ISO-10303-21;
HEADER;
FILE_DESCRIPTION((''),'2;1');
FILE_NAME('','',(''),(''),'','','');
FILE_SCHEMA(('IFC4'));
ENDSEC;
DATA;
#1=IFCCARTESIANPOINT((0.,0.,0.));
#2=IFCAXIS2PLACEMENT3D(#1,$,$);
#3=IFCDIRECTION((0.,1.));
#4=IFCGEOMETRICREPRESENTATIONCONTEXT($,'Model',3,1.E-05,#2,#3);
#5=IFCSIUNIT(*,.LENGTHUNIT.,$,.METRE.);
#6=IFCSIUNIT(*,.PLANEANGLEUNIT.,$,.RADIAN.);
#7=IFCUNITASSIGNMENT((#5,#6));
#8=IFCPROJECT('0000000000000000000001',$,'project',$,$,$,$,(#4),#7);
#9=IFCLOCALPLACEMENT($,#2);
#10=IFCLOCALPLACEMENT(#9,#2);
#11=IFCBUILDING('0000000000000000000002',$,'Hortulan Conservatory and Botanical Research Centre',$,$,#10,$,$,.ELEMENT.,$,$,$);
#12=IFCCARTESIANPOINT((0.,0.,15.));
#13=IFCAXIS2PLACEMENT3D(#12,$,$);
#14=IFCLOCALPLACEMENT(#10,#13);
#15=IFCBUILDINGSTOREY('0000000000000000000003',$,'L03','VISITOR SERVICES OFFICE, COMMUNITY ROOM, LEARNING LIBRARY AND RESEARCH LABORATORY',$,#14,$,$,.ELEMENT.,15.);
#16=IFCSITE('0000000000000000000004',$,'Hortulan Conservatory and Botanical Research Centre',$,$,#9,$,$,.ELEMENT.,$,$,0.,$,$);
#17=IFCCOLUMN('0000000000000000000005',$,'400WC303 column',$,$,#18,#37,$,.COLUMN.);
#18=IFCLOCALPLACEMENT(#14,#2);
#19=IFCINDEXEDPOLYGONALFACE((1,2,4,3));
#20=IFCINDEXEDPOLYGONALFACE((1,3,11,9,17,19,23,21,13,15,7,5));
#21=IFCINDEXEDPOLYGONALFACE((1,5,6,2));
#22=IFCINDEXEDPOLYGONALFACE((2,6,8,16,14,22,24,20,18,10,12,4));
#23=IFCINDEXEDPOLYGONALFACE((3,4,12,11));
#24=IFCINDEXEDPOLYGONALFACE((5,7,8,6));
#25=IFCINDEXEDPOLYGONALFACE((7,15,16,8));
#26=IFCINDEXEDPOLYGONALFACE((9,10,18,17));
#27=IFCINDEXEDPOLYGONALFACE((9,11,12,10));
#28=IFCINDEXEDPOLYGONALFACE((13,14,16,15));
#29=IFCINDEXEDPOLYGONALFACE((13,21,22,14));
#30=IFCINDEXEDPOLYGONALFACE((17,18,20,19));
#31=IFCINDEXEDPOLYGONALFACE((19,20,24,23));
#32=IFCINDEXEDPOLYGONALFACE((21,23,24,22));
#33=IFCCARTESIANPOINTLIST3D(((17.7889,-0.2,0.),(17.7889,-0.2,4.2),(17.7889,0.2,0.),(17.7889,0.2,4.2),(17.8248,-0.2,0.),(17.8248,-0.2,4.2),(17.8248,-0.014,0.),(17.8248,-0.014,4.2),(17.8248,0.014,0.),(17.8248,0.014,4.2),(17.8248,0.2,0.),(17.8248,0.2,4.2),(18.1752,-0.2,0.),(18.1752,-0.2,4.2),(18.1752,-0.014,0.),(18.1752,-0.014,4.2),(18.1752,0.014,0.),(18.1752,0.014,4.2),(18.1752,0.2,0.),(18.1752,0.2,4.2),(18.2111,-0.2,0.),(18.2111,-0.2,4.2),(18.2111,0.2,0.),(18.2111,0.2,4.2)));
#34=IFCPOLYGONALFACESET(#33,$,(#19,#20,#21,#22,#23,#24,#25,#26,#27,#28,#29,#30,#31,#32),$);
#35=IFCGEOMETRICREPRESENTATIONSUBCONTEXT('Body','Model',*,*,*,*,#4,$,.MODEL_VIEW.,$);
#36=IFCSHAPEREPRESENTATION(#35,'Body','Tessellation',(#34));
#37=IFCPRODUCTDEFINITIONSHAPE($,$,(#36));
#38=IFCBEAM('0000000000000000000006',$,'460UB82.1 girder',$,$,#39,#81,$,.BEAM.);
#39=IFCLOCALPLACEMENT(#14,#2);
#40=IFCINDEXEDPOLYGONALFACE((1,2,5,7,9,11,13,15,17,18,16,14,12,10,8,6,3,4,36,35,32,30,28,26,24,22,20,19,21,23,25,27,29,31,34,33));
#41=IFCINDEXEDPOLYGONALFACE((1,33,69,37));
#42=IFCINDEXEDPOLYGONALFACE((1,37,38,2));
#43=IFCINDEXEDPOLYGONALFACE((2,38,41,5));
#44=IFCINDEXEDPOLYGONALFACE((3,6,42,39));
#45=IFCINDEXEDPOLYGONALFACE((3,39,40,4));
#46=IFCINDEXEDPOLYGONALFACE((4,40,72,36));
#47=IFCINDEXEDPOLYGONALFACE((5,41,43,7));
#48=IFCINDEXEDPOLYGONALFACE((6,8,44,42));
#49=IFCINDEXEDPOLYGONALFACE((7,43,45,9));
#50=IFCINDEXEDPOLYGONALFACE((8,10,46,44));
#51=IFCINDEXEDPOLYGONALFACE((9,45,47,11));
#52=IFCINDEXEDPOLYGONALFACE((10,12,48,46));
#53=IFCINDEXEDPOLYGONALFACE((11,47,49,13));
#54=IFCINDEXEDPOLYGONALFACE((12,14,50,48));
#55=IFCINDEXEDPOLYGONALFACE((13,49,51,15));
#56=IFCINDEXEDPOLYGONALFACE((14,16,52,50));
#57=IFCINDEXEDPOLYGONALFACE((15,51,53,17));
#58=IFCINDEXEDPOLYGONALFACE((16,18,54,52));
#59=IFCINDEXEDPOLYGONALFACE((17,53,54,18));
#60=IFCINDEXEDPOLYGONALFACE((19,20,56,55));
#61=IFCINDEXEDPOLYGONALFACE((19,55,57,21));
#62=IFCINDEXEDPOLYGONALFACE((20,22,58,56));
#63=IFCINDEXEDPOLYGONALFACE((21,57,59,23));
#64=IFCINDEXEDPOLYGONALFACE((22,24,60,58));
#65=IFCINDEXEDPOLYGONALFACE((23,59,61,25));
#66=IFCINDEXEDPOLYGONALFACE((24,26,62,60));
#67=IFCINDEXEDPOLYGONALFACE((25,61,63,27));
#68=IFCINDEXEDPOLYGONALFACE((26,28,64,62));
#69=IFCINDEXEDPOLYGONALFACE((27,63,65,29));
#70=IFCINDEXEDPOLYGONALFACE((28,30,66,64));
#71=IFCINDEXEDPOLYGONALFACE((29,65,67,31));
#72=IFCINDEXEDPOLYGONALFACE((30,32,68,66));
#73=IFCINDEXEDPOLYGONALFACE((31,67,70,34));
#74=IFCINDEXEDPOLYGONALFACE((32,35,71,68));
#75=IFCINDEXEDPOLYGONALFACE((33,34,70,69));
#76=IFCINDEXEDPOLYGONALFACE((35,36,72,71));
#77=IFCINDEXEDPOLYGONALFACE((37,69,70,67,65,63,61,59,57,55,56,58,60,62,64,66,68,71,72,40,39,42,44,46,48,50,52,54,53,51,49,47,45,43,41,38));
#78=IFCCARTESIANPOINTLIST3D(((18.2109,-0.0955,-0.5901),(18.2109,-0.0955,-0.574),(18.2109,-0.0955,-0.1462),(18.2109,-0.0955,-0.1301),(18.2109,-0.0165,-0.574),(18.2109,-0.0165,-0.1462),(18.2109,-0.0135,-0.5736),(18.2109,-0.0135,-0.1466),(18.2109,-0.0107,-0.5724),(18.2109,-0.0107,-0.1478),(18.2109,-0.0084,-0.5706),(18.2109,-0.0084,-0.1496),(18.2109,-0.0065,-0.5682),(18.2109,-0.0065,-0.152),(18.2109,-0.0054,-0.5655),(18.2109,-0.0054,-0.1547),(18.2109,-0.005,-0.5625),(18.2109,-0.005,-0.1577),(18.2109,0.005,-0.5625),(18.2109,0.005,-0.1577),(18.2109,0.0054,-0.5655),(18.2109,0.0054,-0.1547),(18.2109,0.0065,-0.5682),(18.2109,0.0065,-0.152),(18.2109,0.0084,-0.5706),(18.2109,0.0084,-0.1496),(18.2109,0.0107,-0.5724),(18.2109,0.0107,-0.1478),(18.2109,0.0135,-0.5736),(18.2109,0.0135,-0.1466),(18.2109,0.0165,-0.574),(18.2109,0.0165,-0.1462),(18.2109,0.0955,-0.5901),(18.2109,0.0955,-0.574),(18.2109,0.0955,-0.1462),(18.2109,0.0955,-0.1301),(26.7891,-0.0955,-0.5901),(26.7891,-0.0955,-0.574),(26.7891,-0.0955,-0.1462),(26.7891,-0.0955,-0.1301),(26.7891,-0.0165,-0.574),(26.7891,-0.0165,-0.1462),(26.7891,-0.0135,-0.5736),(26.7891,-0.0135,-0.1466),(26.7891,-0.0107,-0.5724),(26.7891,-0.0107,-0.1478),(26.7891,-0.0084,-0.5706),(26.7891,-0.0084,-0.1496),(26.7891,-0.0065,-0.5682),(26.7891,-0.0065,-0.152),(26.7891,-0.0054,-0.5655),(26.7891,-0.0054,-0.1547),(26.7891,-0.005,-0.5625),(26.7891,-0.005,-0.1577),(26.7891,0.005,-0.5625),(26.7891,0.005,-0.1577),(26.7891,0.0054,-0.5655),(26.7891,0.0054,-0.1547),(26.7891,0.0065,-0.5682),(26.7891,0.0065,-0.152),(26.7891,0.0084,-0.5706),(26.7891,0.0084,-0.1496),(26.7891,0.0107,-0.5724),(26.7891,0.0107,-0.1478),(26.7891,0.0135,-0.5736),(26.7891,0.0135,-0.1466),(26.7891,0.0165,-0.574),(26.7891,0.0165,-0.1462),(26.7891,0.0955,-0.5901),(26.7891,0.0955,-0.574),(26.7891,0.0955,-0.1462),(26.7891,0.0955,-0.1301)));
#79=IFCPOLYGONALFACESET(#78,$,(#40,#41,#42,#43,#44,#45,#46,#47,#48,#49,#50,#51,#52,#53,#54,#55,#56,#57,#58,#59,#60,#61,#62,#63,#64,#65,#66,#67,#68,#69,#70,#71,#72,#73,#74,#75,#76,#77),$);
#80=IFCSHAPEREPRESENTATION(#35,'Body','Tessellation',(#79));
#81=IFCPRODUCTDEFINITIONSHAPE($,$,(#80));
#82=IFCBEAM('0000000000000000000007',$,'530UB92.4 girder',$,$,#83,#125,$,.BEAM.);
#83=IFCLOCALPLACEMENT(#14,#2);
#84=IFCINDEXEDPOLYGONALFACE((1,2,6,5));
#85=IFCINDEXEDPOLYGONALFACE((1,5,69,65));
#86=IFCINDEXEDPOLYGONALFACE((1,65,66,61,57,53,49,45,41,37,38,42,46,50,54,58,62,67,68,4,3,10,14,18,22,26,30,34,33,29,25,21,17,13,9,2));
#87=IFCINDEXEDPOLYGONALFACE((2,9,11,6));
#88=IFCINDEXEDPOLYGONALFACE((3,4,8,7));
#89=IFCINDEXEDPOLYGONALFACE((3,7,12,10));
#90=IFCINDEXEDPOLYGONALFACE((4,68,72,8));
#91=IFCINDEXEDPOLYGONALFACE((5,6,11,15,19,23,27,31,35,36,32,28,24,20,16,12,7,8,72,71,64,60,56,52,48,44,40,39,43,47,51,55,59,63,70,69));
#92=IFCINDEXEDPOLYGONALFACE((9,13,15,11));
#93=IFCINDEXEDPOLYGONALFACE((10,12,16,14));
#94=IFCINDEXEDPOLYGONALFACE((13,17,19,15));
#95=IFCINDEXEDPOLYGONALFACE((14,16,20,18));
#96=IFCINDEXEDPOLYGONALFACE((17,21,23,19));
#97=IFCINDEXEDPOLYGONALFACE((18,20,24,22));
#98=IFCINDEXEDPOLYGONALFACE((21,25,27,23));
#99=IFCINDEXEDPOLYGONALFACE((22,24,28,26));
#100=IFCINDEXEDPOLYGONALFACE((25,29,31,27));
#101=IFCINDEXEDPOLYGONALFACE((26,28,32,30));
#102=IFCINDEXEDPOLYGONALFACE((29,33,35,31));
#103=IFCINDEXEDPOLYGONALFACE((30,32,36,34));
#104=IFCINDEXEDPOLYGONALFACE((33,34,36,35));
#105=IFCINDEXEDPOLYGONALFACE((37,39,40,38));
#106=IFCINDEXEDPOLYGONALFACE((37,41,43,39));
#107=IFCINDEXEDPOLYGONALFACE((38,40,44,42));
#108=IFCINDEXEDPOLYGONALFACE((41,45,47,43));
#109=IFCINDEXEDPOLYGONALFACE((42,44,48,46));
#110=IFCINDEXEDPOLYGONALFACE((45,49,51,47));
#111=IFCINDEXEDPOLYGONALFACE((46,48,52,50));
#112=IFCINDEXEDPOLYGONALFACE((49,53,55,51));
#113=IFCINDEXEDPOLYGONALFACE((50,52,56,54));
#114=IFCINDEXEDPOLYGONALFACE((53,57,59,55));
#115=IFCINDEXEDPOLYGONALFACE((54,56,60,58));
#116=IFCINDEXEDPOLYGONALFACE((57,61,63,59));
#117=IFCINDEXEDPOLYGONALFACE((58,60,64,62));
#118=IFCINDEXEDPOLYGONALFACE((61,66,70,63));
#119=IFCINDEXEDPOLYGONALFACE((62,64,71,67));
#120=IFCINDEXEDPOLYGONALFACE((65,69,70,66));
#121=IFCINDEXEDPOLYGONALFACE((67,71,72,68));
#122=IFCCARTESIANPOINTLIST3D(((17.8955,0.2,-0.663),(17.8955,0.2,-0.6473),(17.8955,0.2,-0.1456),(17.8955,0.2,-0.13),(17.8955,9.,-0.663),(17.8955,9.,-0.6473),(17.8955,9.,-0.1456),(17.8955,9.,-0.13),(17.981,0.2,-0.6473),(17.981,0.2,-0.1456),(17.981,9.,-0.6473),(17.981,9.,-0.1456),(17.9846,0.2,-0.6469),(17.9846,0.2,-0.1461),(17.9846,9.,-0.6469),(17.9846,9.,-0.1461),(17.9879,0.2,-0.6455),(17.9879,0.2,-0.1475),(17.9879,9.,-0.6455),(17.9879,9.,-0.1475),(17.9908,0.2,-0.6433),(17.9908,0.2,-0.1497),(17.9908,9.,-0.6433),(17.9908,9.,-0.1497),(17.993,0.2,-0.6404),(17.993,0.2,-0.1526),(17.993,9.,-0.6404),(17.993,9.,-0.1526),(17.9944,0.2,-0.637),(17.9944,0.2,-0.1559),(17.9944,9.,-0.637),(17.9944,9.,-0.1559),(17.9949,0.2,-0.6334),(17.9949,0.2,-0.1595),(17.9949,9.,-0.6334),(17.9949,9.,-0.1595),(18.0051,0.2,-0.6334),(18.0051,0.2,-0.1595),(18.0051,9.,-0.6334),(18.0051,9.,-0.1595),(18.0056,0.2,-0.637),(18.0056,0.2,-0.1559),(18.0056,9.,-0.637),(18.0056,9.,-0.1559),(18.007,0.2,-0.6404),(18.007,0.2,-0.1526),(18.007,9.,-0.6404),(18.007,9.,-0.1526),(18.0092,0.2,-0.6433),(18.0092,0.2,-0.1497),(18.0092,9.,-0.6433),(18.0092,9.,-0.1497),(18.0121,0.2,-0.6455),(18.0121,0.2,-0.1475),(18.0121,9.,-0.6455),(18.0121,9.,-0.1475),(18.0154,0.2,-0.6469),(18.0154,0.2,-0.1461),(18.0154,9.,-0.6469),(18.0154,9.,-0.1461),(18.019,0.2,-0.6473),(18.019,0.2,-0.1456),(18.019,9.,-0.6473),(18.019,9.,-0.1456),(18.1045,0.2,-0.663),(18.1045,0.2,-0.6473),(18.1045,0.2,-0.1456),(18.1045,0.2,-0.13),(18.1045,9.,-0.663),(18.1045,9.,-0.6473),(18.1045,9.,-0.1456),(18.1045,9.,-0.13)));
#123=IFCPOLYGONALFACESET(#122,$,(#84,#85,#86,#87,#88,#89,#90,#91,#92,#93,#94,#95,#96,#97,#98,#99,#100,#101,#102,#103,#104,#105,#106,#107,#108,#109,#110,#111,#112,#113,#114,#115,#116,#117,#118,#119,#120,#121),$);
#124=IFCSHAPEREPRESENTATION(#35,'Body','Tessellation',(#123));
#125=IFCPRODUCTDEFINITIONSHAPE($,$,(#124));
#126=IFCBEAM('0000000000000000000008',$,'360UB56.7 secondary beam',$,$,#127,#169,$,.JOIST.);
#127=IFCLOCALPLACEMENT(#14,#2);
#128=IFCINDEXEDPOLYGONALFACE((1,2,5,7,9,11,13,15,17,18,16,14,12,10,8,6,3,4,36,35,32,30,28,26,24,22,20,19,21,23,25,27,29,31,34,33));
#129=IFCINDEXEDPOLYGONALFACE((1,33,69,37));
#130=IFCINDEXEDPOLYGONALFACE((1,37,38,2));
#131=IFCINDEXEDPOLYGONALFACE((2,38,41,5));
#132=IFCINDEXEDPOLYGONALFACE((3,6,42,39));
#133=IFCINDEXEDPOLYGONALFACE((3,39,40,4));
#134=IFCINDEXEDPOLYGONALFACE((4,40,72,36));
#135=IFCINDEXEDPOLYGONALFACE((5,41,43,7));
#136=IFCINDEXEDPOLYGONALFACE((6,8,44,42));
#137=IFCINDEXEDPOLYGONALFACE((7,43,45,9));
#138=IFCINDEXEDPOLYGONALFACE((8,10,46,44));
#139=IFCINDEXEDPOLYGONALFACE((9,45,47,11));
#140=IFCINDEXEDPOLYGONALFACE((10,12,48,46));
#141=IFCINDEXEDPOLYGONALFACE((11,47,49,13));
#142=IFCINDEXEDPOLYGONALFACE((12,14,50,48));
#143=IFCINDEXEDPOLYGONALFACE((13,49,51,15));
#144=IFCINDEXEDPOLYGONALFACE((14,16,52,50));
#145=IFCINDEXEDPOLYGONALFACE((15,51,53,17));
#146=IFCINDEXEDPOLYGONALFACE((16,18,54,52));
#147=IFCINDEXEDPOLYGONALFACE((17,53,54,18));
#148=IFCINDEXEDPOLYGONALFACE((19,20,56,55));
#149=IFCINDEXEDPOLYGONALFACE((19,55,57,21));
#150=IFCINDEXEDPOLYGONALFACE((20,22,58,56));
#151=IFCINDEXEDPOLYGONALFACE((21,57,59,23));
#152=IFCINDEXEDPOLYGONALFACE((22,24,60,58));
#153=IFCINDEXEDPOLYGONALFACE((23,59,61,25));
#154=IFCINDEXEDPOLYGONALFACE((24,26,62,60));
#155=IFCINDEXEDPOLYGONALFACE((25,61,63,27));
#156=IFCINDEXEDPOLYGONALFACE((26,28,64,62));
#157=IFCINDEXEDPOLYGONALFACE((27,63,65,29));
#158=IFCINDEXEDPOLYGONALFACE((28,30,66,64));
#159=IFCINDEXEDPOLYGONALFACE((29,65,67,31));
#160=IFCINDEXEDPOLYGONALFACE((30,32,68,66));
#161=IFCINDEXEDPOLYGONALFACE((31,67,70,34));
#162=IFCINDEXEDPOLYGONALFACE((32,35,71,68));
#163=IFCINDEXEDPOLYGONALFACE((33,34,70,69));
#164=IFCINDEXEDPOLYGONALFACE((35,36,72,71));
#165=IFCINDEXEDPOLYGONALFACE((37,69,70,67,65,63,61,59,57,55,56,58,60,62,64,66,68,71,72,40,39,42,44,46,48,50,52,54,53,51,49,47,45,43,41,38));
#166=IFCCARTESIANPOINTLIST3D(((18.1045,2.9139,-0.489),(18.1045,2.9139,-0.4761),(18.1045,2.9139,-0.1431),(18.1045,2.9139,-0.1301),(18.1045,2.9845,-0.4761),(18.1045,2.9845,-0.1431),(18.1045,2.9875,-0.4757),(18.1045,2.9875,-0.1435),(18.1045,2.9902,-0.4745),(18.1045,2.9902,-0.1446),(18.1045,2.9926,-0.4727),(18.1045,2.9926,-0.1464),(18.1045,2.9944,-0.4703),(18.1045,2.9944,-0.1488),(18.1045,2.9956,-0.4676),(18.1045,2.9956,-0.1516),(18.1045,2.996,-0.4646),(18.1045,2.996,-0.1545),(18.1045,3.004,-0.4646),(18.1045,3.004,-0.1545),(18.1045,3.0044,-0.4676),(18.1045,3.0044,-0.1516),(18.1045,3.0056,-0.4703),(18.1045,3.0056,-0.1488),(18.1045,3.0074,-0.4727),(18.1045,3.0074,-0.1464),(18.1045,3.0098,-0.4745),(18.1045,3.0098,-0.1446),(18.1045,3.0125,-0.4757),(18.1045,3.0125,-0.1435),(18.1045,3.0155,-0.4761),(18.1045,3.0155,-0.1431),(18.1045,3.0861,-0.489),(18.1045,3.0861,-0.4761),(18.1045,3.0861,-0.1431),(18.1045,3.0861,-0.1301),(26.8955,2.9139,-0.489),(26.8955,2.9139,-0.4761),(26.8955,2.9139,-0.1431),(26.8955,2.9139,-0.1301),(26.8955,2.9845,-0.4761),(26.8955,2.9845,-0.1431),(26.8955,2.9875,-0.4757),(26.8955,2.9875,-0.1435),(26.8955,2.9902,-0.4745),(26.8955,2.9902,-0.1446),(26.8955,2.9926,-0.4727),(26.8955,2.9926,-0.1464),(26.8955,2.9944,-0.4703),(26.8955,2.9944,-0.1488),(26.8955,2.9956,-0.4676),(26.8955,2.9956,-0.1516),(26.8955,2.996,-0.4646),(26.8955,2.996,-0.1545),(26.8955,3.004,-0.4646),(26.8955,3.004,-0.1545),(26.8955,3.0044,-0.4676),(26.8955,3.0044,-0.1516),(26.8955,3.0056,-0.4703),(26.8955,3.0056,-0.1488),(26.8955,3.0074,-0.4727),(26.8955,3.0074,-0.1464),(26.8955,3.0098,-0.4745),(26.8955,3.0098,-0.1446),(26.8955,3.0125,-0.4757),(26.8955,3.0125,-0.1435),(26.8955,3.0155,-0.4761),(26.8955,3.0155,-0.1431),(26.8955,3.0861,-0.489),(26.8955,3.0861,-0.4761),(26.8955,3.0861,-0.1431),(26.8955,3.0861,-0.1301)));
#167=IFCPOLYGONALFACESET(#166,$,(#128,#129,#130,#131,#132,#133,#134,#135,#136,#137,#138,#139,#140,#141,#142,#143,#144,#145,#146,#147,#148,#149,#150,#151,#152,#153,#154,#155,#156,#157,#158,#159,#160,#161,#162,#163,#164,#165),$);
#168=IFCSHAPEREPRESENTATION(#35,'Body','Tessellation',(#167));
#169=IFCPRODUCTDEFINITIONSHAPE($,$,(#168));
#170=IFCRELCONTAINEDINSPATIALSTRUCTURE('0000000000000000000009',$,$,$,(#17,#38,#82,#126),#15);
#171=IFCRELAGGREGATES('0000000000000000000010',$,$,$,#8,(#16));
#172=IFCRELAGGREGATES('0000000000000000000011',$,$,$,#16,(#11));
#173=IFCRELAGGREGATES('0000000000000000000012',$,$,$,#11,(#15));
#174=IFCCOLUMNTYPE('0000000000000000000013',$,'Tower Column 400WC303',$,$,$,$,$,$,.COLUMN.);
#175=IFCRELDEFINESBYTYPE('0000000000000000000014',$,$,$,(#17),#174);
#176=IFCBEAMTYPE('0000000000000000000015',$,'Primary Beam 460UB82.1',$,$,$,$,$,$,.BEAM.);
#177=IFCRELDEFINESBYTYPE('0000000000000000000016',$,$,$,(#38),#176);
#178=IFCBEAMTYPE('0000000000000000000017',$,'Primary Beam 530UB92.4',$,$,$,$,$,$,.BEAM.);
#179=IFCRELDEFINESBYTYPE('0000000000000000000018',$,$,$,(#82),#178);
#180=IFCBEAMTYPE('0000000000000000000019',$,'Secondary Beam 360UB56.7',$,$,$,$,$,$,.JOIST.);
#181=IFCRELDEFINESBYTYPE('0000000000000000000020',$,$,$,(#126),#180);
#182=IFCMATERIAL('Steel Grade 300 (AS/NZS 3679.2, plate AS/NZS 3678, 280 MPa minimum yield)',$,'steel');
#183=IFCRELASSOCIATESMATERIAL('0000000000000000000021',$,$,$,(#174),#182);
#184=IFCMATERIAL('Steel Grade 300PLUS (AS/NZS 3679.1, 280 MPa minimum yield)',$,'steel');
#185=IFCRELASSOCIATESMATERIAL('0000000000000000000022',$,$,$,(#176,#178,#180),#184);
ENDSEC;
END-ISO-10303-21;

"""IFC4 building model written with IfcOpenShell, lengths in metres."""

from ifc_helpers import new_model, si_unit, direction, frame, origin, origin_2d, place, context, subcontext, project, spatial, i_section, extrude, material, material_profile, profile_set, type_object, element, save


model = new_model("IFC4")

# Units and contexts
model_context = context("Model", 3, precision=1e-05, world=origin(), true_north=direction((0.0, 1.0)))
body_context = subcontext(model_context, "Body", "Model", "MODEL_VIEW")
ifc_project = project(units=[si_unit("LENGTHUNIT", "METRE"), si_unit("PLANEANGLEUNIT", "RADIAN")], contexts=[model_context])

# Site, building, storey
site_placement = place(None, origin())
site = spatial("IfcSite", under=ifc_project, at=site_placement, Name="Hortulan Conservatory and Botanical Research Centre", CompositionType="ELEMENT", RefElevation=0.0)
building_placement = place(site_placement, origin())
building = spatial("IfcBuilding", under=site, at=building_placement, Name="Hortulan Conservatory and Botanical Research Centre", CompositionType="ELEMENT")
storey_placement = place(building_placement, frame((0.0, 0.0, 15.0)))
storey = spatial("IfcBuildingStorey", under=building, at=storey_placement, Name="L03", Description="VISITOR SERVICES OFFICE, COMMUNITY ROOM, LEARNING LIBRARY AND RESEARCH LABORATORY", CompositionType="ELEMENT", Elevation=15.0)

# Column
ifc_material_1 = material(Name="Steel Grade 300 (AS/NZS 3679.2, plate AS/NZS 3678, 280 MPa minimum yield)", Category="steel")
ifc_material_profile_1 = material_profile(ifc_material_1, i_section(OverallWidth=0.3999, OverallDepth=0.4221, WebThickness=0.0281, FlangeThickness=0.0359, at=origin_2d()), Name="400WC303")
ifc_profile_set_1 = profile_set([ifc_material_profile_1], Name="Steel Grade 300 (AS/NZS 3679.2, plate AS/NZS 3678, 280 MPa minimum yield)")
column_type = type_object("IfcColumnType", Name="Tower Column 400WC303", PredefinedType="COLUMN", material=ifc_profile_set_1)
column_placement = place(storey_placement, frame((18.0, 0.0, 0.0), z_axis=(0.0, 0.0, 1.0), x_axis=(0.0, 1.0, 0.0)))
element("IfcColumn", 1, at=column_placement, inside=storey, type_object=column_type, Name="400WC303 column", PredefinedType="COLUMN", context=body_context, shape_type="SweptSolid", body=[
    extrude(i_section(OverallWidth=0.3999, OverallDepth=0.4221, WebThickness=0.0281, FlangeThickness=0.0359, at=origin_2d()), origin(), (0.0, 0.0, 1.0), 4.2),
])

# Beams
ifc_material_2 = material(Name="Steel Grade 300PLUS (AS/NZS 3679.1, 280 MPa minimum yield)", Category="steel")
ifc_material_profile_2 = material_profile(ifc_material_2, i_section(OverallWidth=0.1909, OverallDepth=0.46, WebThickness=0.01, FlangeThickness=0.0161, FilletRadius=0.0115, at=origin_2d()), Name="460UB82.1")
ifc_profile_set_2 = profile_set([ifc_material_profile_2], Name="Steel Grade 300PLUS (AS/NZS 3679.1, 280 MPa minimum yield)")
beam_type_1 = type_object("IfcBeamType", Name="Primary Beam 460UB82.1", PredefinedType="BEAM", material=ifc_profile_set_2)
beam_1_placement = place(storey_placement, frame((18.2109, 0.0, -0.3601), z_axis=(1.0, 0.0, 0.0), x_axis=(0.0, 1.0, 0.0)))
element("IfcBeam", 2, at=beam_1_placement, inside=storey, type_object=beam_type_1, Name="460UB82.1 girder", PredefinedType="BEAM", context=body_context, shape_type="SweptSolid", body=[
    extrude(i_section(OverallWidth=0.1909, OverallDepth=0.46, WebThickness=0.01, FlangeThickness=0.0161, FilletRadius=0.0115, at=origin_2d()), origin(), (0.0, 0.0, 1.0), 8.5781),
])
ifc_material_profile_3 = material_profile(ifc_material_2, i_section(OverallWidth=0.209, OverallDepth=0.533, WebThickness=0.0103, FlangeThickness=0.0156, FilletRadius=0.0139, at=origin_2d()), Name="530UB92.4")
ifc_profile_set_3 = profile_set([ifc_material_profile_3], Name="Steel Grade 300PLUS (AS/NZS 3679.1, 280 MPa minimum yield)")
beam_type_2 = type_object("IfcBeamType", Name="Primary Beam 530UB92.4", PredefinedType="BEAM", material=ifc_profile_set_3)
beam_2_placement = place(storey_placement, frame((18.0, 0.2, -0.3965), z_axis=(0.0, 1.0, 0.0), x_axis=(-1.0, 0.0, 0.0)))
element("IfcBeam", 3, at=beam_2_placement, inside=storey, type_object=beam_type_2, Name="530UB92.4 girder", PredefinedType="BEAM", context=body_context, shape_type="SweptSolid", body=[
    extrude(i_section(OverallWidth=0.209, OverallDepth=0.533, WebThickness=0.0103, FlangeThickness=0.0156, FilletRadius=0.0139, at=origin_2d()), origin(), (0.0, 0.0, 1.0), 8.8),
])
ifc_material_profile_4 = material_profile(ifc_material_2, i_section(OverallWidth=0.1721, OverallDepth=0.3589, WebThickness=0.0081, FlangeThickness=0.0129, FilletRadius=0.0115, at=origin_2d()), Name="360UB56.7")
ifc_profile_set_4 = profile_set([ifc_material_profile_4], Name="Steel Grade 300PLUS (AS/NZS 3679.1, 280 MPa minimum yield)")
beam_type_3 = type_object("IfcBeamType", Name="Secondary Beam 360UB56.7", PredefinedType="JOIST", material=ifc_profile_set_4)
for number, where, z_axis, x_axis, name in (
    (4, (18.1045, 3.0, -0.3096), (1.0, 0.0, 0.0), (0.0, 1.0, 0.0), "360UB56.7 secondary beam"),
):
    element("IfcBeam", number, at=place(storey_placement, frame(where, z_axis=z_axis, x_axis=x_axis)), inside=storey, type_object=beam_type_3, Name=name, PredefinedType="JOIST", context=body_context, shape_type="SweptSolid", body=[
        extrude(i_section(OverallWidth=0.1721, OverallDepth=0.3589, WebThickness=0.0081, FlangeThickness=0.0129, FilletRadius=0.0115, at=origin_2d()), origin(), (0.0, 0.0, 1.0), 8.791),
    ])

save(model, "model.ifc")
